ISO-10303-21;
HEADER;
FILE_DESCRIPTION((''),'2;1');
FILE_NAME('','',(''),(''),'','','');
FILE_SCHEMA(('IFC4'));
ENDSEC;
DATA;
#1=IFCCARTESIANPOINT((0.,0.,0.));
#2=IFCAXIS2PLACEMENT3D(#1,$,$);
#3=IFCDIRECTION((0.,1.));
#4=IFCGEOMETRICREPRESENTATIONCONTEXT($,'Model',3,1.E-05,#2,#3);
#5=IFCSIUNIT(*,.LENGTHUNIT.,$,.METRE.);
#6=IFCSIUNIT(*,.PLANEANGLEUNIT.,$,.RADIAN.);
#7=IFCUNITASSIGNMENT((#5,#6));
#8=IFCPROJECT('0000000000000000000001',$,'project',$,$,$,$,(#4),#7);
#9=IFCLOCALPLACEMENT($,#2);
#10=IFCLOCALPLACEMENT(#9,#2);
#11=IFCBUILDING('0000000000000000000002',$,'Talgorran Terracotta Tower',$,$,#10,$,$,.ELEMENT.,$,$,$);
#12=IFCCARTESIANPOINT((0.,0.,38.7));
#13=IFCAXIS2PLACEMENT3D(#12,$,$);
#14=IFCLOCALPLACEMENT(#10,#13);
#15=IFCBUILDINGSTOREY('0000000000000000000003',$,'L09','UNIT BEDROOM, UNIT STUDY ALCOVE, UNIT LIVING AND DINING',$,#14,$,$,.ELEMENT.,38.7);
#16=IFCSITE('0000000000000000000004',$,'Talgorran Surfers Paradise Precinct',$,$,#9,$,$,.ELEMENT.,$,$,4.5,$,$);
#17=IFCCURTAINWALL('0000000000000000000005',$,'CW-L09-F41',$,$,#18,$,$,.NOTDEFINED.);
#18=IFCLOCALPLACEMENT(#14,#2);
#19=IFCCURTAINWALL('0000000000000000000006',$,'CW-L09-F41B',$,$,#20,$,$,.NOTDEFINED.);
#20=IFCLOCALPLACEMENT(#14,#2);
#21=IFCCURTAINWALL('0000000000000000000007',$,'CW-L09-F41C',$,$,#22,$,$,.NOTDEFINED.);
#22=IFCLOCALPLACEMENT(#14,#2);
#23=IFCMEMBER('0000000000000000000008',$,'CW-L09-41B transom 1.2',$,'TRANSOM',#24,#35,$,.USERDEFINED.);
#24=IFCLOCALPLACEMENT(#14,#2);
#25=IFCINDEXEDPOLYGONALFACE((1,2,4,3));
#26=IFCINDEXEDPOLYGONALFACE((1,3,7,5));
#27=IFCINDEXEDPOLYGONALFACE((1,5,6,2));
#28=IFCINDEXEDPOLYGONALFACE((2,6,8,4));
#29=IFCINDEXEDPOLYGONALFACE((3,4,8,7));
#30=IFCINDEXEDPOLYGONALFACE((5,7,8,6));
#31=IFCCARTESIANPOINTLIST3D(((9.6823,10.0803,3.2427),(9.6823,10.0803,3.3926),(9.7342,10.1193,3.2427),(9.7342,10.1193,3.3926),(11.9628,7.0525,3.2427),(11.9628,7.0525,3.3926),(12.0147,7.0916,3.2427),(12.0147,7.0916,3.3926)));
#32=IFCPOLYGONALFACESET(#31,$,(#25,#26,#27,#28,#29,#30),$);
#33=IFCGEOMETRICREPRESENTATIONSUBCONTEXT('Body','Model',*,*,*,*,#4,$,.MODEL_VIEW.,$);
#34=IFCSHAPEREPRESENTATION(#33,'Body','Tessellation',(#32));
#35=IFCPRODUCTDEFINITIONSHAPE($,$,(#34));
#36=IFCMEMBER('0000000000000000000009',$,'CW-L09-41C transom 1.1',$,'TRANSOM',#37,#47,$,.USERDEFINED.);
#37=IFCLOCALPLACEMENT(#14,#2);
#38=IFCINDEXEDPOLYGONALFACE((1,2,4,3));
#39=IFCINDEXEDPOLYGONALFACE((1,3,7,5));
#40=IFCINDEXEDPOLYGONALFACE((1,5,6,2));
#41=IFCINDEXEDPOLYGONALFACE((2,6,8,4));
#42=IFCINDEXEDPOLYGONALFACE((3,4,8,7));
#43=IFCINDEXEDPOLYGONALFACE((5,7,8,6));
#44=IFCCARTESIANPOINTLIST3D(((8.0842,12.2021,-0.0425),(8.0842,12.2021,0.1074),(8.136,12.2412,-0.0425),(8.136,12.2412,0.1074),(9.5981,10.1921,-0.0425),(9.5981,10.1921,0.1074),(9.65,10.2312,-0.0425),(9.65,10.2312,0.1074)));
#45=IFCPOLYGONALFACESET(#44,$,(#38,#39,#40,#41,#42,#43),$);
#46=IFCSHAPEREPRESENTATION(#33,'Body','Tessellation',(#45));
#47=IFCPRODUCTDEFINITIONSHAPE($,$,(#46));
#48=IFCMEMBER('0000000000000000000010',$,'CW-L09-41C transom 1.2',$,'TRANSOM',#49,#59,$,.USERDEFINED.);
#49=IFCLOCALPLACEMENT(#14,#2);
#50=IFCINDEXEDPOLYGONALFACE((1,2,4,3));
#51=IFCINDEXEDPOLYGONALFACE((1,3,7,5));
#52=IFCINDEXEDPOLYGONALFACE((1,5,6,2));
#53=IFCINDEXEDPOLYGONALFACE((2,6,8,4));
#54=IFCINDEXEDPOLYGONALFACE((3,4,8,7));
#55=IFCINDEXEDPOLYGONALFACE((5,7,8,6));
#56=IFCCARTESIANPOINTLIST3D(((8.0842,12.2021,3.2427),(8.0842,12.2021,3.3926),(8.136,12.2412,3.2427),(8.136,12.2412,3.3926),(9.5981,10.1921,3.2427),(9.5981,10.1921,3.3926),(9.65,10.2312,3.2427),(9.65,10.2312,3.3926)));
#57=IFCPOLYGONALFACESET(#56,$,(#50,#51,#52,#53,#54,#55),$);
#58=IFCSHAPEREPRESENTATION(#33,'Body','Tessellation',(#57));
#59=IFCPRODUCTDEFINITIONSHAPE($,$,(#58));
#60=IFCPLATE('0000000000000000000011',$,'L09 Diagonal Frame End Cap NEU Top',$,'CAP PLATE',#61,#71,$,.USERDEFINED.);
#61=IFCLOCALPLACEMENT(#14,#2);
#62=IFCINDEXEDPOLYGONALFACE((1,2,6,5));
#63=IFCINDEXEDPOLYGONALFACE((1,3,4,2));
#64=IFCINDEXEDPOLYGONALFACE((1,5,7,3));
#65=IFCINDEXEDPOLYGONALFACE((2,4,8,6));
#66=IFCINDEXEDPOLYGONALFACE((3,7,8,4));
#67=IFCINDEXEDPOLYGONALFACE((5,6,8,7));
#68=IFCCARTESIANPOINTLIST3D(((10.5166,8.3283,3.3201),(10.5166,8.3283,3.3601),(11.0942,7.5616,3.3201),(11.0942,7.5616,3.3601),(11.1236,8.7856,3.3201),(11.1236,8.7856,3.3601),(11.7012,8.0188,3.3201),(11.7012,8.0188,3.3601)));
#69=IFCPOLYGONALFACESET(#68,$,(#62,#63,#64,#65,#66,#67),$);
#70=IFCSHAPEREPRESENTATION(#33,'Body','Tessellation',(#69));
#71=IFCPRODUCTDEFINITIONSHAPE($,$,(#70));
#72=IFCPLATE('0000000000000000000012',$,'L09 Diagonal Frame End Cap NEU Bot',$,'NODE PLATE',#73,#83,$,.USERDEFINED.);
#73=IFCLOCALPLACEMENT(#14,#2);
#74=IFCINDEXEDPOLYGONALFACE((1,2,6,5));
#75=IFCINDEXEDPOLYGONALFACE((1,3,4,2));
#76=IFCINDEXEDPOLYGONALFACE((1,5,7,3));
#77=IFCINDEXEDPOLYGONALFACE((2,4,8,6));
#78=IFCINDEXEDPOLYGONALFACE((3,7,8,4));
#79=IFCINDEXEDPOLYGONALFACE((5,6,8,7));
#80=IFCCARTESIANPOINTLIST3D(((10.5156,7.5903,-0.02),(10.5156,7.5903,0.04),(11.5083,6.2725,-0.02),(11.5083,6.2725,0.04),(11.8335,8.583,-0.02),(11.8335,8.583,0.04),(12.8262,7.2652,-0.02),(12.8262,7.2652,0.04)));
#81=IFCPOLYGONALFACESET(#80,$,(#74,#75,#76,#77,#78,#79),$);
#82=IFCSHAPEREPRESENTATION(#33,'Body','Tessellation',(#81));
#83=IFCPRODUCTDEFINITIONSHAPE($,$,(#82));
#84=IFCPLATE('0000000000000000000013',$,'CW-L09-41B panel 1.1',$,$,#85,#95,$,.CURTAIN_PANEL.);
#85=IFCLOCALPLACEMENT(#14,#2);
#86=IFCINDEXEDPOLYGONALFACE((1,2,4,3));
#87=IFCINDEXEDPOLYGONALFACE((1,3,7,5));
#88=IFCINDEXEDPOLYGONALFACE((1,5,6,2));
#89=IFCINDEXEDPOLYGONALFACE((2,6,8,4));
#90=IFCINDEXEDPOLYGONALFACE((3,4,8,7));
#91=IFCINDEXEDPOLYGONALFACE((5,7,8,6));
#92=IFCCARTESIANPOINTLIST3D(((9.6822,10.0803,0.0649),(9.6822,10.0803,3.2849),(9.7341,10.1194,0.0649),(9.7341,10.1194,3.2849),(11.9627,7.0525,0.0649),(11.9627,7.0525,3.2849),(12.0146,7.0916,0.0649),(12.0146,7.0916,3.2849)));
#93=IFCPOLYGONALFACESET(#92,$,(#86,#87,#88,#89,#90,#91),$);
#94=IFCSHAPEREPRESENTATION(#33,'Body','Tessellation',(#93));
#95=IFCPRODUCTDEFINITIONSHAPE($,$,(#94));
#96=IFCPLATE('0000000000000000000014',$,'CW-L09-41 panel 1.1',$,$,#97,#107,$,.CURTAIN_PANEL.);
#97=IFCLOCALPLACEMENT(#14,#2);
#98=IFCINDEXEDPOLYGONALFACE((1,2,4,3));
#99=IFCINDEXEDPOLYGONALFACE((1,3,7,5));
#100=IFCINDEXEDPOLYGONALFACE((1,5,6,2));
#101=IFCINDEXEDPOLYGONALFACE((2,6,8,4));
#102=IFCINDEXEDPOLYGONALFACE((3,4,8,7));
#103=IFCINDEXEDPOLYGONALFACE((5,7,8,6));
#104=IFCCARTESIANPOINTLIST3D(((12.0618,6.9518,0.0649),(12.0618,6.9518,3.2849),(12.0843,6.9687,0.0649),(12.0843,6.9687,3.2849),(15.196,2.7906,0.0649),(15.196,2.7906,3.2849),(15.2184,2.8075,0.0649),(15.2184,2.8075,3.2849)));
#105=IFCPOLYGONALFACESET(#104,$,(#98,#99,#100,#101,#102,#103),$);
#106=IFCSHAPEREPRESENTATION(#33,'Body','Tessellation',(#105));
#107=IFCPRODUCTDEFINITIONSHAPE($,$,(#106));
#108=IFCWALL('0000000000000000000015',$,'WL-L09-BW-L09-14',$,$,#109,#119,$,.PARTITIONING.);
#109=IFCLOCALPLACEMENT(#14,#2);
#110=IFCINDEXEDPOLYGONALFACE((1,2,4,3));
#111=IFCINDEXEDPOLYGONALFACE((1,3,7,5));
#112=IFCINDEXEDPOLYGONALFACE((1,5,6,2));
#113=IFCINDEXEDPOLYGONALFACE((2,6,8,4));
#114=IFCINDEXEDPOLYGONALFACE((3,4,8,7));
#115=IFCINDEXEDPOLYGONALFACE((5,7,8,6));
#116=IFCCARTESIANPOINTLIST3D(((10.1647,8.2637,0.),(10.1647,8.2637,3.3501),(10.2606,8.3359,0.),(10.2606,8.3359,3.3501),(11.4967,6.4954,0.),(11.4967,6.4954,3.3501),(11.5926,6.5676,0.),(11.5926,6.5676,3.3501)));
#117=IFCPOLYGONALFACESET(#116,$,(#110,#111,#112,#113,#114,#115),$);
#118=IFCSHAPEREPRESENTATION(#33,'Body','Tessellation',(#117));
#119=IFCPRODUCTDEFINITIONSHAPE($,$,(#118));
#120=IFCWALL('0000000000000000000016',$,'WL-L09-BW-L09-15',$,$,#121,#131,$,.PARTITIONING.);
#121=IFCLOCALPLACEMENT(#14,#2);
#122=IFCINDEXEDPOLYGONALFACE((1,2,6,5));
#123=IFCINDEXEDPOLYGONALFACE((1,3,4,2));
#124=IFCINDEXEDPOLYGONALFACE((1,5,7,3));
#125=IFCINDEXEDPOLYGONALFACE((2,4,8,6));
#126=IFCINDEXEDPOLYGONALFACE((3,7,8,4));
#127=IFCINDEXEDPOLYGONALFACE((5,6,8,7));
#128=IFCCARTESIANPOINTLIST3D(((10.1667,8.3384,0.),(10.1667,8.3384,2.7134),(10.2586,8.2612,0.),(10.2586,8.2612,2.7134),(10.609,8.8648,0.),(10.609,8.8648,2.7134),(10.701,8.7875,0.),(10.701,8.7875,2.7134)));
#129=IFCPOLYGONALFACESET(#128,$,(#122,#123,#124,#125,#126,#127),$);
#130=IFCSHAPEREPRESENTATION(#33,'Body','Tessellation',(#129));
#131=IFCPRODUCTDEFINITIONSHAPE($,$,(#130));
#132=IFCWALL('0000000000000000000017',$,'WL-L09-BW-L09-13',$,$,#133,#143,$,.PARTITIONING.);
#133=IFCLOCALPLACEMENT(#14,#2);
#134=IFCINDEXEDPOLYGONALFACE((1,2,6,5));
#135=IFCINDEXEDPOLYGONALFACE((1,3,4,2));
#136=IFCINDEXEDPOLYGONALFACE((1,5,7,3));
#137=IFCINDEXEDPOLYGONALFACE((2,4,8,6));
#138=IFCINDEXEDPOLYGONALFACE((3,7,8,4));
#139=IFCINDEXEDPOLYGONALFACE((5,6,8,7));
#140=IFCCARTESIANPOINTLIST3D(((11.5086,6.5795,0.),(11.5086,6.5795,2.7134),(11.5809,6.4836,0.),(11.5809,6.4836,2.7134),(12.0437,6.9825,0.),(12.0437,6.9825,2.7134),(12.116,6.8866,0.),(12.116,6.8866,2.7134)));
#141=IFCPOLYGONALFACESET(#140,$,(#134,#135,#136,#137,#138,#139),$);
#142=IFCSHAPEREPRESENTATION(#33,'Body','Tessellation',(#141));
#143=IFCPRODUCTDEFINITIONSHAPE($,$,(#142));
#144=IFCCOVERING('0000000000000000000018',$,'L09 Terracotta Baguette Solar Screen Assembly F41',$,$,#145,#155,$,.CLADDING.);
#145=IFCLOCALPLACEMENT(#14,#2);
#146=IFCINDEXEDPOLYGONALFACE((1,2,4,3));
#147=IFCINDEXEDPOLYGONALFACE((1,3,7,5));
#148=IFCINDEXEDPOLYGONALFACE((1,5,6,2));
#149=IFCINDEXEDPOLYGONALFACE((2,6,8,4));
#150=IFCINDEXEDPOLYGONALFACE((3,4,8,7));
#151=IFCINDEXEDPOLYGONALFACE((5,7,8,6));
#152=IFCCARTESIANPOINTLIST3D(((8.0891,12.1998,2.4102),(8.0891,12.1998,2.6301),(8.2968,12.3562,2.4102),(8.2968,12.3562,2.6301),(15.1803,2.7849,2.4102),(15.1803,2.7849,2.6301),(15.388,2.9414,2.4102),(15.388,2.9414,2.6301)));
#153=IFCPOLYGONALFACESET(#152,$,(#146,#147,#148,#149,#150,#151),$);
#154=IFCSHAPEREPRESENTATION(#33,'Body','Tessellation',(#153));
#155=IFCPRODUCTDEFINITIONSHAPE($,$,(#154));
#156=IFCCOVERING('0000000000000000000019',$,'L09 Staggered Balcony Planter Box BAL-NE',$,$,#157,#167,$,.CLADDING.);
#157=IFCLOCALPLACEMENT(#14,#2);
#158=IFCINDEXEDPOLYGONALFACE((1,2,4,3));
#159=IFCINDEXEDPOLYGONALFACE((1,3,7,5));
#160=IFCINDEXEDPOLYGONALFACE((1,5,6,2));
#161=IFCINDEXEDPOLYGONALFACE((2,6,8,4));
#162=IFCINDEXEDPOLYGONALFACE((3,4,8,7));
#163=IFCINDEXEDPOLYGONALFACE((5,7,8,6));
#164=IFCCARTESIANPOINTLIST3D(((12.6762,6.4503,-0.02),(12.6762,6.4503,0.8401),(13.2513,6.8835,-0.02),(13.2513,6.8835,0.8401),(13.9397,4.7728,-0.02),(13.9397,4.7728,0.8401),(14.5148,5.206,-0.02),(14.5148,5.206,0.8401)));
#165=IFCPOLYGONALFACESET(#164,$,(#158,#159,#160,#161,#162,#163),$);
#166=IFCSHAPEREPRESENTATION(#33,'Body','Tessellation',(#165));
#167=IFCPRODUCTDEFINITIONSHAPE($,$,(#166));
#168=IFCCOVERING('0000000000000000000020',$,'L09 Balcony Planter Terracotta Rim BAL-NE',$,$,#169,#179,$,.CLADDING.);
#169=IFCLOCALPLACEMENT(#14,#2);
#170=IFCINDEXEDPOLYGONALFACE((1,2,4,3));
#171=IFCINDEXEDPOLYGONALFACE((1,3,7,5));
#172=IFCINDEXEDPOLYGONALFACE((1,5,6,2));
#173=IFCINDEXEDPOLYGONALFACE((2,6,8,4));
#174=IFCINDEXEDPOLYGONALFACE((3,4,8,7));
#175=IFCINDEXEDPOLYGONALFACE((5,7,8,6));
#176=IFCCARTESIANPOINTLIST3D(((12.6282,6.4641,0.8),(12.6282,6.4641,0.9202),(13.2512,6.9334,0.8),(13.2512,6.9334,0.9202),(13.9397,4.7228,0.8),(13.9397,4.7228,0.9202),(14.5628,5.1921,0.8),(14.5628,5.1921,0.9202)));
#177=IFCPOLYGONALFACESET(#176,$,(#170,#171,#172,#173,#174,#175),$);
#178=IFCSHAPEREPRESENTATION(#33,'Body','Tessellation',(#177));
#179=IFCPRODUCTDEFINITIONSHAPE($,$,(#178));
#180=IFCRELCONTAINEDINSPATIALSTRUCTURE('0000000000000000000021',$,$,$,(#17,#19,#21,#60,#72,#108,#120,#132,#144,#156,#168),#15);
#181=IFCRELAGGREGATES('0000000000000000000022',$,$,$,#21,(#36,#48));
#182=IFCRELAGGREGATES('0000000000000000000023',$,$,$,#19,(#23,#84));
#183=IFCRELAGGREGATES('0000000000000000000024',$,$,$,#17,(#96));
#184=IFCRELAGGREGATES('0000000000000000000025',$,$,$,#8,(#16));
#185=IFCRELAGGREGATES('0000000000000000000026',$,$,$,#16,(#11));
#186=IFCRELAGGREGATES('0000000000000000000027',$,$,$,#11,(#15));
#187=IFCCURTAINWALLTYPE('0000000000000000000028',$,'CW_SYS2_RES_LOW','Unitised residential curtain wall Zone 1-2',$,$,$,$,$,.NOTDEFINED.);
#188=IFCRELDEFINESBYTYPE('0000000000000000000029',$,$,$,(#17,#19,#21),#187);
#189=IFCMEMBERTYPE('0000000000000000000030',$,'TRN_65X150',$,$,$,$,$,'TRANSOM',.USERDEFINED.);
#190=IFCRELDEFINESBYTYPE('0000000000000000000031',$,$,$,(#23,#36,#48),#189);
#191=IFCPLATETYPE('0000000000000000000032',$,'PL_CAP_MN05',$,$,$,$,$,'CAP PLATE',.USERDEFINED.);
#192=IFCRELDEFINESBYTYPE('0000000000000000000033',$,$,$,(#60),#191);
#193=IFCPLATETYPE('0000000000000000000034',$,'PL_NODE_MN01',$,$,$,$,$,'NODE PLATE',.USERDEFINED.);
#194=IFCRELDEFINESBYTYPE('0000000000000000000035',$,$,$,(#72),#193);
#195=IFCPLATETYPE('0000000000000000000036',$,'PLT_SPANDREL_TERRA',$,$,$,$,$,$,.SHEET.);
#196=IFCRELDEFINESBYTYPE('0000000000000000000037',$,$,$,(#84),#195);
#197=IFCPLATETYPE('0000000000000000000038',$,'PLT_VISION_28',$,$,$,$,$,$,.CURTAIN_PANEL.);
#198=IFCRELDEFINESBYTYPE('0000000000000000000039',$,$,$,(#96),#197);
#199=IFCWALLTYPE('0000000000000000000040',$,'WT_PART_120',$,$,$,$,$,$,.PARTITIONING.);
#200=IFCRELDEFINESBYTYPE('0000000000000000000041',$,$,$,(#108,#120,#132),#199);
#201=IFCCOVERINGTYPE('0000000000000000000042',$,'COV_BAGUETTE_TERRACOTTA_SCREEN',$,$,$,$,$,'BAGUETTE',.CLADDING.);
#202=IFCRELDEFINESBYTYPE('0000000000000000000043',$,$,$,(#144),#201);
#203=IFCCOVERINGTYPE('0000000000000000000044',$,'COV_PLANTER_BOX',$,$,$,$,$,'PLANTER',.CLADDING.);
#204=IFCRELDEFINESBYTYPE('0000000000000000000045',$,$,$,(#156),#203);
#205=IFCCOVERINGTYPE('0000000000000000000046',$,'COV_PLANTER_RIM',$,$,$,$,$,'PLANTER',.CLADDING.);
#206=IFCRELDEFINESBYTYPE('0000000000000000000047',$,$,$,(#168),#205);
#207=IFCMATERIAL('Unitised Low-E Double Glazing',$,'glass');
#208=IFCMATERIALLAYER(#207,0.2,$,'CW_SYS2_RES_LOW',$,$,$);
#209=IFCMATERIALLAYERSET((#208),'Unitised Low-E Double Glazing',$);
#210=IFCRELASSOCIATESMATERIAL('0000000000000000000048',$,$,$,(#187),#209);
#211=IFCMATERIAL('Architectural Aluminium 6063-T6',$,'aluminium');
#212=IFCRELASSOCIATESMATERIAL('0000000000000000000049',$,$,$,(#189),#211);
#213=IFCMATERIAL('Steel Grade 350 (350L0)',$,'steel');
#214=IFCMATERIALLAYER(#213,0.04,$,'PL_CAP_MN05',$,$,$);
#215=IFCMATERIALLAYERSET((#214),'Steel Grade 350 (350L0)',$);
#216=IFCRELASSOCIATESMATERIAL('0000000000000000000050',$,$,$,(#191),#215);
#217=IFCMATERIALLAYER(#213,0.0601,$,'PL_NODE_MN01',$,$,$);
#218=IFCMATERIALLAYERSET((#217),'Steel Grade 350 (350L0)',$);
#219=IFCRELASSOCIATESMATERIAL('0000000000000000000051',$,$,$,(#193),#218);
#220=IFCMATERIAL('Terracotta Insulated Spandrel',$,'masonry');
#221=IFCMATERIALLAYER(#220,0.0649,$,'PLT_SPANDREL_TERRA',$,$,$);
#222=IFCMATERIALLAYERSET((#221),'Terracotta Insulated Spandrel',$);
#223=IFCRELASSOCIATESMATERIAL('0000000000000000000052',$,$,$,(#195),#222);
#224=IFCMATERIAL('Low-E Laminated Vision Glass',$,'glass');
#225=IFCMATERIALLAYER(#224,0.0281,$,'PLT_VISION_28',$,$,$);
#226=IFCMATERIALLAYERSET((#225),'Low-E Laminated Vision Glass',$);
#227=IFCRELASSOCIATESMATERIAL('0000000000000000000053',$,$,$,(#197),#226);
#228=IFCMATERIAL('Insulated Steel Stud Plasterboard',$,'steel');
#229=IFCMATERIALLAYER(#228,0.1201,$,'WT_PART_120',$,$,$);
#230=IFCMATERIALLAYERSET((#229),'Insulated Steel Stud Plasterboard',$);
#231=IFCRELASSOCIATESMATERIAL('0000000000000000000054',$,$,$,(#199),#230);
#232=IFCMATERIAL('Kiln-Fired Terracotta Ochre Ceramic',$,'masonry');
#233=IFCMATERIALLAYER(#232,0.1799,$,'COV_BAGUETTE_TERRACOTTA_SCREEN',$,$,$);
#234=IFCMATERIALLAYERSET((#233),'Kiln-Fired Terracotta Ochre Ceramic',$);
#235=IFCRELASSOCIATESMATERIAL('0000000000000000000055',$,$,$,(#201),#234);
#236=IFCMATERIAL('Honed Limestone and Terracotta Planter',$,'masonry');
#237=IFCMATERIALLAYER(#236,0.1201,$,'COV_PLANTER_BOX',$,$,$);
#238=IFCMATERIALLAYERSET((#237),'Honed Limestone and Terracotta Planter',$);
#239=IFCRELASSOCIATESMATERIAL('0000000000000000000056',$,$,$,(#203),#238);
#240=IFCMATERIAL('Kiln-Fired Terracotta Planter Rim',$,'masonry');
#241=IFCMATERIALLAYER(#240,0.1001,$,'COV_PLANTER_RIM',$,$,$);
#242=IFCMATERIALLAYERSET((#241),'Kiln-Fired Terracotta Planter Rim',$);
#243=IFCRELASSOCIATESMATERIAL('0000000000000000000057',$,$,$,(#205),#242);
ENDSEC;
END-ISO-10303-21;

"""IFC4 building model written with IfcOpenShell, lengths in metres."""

from ifc_helpers import new_model, si_unit, direction, frame, frame_2d, origin, origin_2d, place, context, subcontext, project, spatial, rectangle, extrude, source, transform, mapped, material, layer, layer_set, material_profile, profile_set, type_object, type_shapes, element, aggregate, save


model = new_model("IFC4")

# Units and contexts
model_context = context("Model", 3, precision=1e-05, world=origin(), true_north=direction((0.0, 1.0)))
body_context = subcontext(model_context, "Body", "Model", "MODEL_VIEW")
ifc_project = project(units=[si_unit("LENGTHUNIT", "METRE"), si_unit("PLANEANGLEUNIT", "RADIAN")], contexts=[model_context])

# Site, building, storey
site_placement = place(None, origin())
site = spatial("IfcSite", under=ifc_project, at=site_placement, Name="Talgorran Surfers Paradise Precinct", CompositionType="ELEMENT", RefElevation=4.5)
building_placement = place(site_placement, origin())
building = spatial("IfcBuilding", under=site, at=building_placement, Name="Talgorran Terracotta Tower", CompositionType="ELEMENT")
storey_placement = place(building_placement, frame((0.0, 0.0, 38.7)))
storey = spatial("IfcBuildingStorey", under=building, at=storey_placement, Name="L09", Description="UNIT BEDROOM, UNIT STUDY ALCOVE, UNIT LIVING AND DINING", CompositionType="ELEMENT", Elevation=38.7)

# Shared definitions
ifc_material_1 = material(Name="Steel Grade 350 (350L0)", Category="steel")

# Curtain wall
ifc_material_2 = material(Name="Unitised Low-E Double Glazing", Category="glass")
ifc_layer_1 = layer(ifc_material_2, 0.2, Name="CW_SYS2_RES_LOW")
ifc_layer_set_1 = layer_set([ifc_layer_1], Name="Unitised Low-E Double Glazing")
curtain_wall_type = type_object("IfcCurtainWallType", Name="CW_SYS2_RES_LOW", Description="Unitised residential curtain wall Zone 1-2", PredefinedType="NOTDEFINED", material=ifc_layer_set_1)
curtain_wall_1_placement = place(storey_placement, origin())
curtain_wall_1 = element("IfcCurtainWall", 1, at=curtain_wall_1_placement, inside=storey, type_object=curtain_wall_type, Name="CW-L09-F41", PredefinedType="NOTDEFINED")
ifc_material_3 = material(Name="Architectural Aluminium 6063-T6", Category="aluminium")

# Curtain wall
curtain_wall_2_placement = place(storey_placement, origin())
curtain_wall_2 = element("IfcCurtainWall", 2, at=curtain_wall_2_placement, inside=storey, type_object=curtain_wall_type, Name="CW-L09-F41B", PredefinedType="NOTDEFINED")

# Curtain wall
curtain_wall_3_placement = place(storey_placement, origin())
curtain_wall_3 = element("IfcCurtainWall", 3, at=curtain_wall_3_placement, inside=storey, type_object=curtain_wall_type, Name="CW-L09-F41C", PredefinedType="NOTDEFINED")

# Members
ifc_material_profile_1 = material_profile(ifc_material_3, rectangle(XDim=0.0649, YDim=0.1499, at=origin_2d()), Name="CWT65X150")
ifc_profile_set_1 = profile_set([ifc_material_profile_1], Name="Architectural Aluminium 6063-T6")
member_type_1 = type_object("IfcMemberType", Name="TRN_65X150", ElementType="TRANSOM", PredefinedType="USERDEFINED", material=ifc_profile_set_1)
member_1_placement = place(storey_placement, frame((11.9888, 7.072, 3.3176), z_axis=(-0.601627, 0.798777, 0.0), x_axis=(-0.798777, -0.601627, 0.0)))
member_1 = element("IfcMember", 4, at=member_1_placement, type_object=member_type_1, Name="CW-L09-41B transom 1.2", ObjectType="TRANSOM", PredefinedType="USERDEFINED", context=body_context, shape_type="SweptSolid", body=[
    extrude(rectangle(XDim=0.0649, YDim=0.1499, at=origin_2d()), origin(), (0.0, 0.0, 1.0), 3.7905),
])
member_2_placement = place(storey_placement, frame((9.624, 10.2117, 0.0325), z_axis=(-0.601629, 0.798776, 0.0), x_axis=(-0.798776, -0.601629, 0.0)))
member_2 = element("IfcMember", 5, at=member_2_placement, type_object=member_type_1, Name="CW-L09-41C transom 1.1", ObjectType="TRANSOM", PredefinedType="USERDEFINED", context=body_context, shape_type="SweptSolid", body=[
    extrude(rectangle(XDim=0.0649, YDim=0.1499, at=origin_2d()), origin(), (0.0, 0.0, 1.0), 2.5164),
])
member_3_placement = place(storey_placement, frame((9.624, 10.2117, 3.3176), z_axis=(-0.601629, 0.798776, 0.0), x_axis=(-0.798776, -0.601629, 0.0)))
member_3 = element("IfcMember", 6, at=member_3_placement, type_object=member_type_1, Name="CW-L09-41C transom 1.2", ObjectType="TRANSOM", PredefinedType="USERDEFINED", context=body_context, shape_type="SweptSolid", body=[
    extrude(rectangle(XDim=0.0649, YDim=0.1499, at=origin_2d()), origin(), (0.0, 0.0, 1.0), 2.5164),
])
aggregate(curtain_wall_3, [member_2, member_3])

# Plates
ifc_layer_2 = layer(ifc_material_1, 0.04, Name="PL_CAP_MN05")
ifc_layer_set_2 = layer_set([ifc_layer_2], Name="Steel Grade 350 (350L0)")
plate_type_1 = type_object("IfcPlateType", Name="PL_CAP_MN05", ElementType="CAP PLATE", PredefinedType="USERDEFINED", material=ifc_layer_set_2)
plate_1_placement = place(storey_placement, frame((11.1089, 8.1736, 3.3201), z_axis=(0.0, 0.0, 1.0), x_axis=(-0.601676, 0.798741, 0.0)))
element("IfcPlate", 7, at=plate_1_placement, inside=storey, type_object=plate_type_1, Name="L09 Diagonal Frame End Cap NEU Top", ObjectType="CAP PLATE", PredefinedType="USERDEFINED", context=body_context, shape_type="SweptSolid", body=[
    extrude(rectangle(XDim=0.96, YDim=0.76, at=origin_2d()), origin(), (0.0, 0.0, 1.0), 0.04),
])
ifc_layer_3 = layer(ifc_material_1, 0.0601, Name="PL_NODE_MN01")
ifc_layer_set_3 = layer_set([ifc_layer_3], Name="Steel Grade 350 (350L0)")
plate_type_2 = type_object("IfcPlateType", Name="PL_NODE_MN01", ElementType="NODE PLATE", PredefinedType="USERDEFINED", material=ifc_layer_set_3)
plate_2_placement = place(storey_placement, frame((11.6709, 7.4277, -0.02), z_axis=(0.0, 0.0, 1.0), x_axis=(-0.601676, 0.798741, 0.0)))
element("IfcPlate", 8, at=plate_2_placement, inside=storey, type_object=plate_type_2, Name="L09 Diagonal Frame End Cap NEU Bot", ObjectType="NODE PLATE", PredefinedType="USERDEFINED", context=body_context, shape_type="SweptSolid", body=[
    extrude(rectangle(XDim=1.6499, YDim=1.6499, at=origin_2d()), origin(), (0.0, 0.0, 1.0), 0.0601),
])

# Plates
ifc_material_4 = material(Name="Terracotta Insulated Spandrel", Category="masonry")
ifc_layer_4 = layer(ifc_material_4, 0.0649, Name="PLT_SPANDREL_TERRA")
ifc_layer_set_4 = layer_set([ifc_layer_4], Name="Terracotta Insulated Spandrel")
plate_type_3 = type_object("IfcPlateType", Name="PLT_SPANDREL_TERRA", PredefinedType="SHEET", material=ifc_layer_set_4)
shared_shape_1 = source(origin(), body_context, "Body", "SweptSolid", [
    extrude(rectangle(XDim=3.7905, YDim=0.0649, at=origin_2d()), origin(), (0.0, 0.0, 1.0), 3.22),
])
type_shapes(plate_type_3, [shared_shape_1])
plate_3_placement = place(storey_placement, frame((10.8484, 8.5859, 0.0649), z_axis=(0.0, 0.0, 1.0), x_axis=(-0.601631, 0.798774, 0.0)))
plate_3 = element("IfcPlate", 9, at=plate_3_placement, type_object=plate_type_3, Name="CW-L09-41B panel 1.1", PredefinedType="CURTAIN_PANEL", context=body_context, shape_type="MappedRepresentation", body=[
    mapped(shared_shape_1, transform((0.0, 0.0, 0.0), scale=1.0)),
])
aggregate(curtain_wall_2, [member_1, plate_3])
ifc_material_5 = material(Name="Low-E Laminated Vision Glass", Category="glass")
ifc_layer_5 = layer(ifc_material_5, 0.0281, Name="PLT_VISION_28")
ifc_layer_set_5 = layer_set([ifc_layer_5], Name="Low-E Laminated Vision Glass")
plate_type_4 = type_object("IfcPlateType", Name="PLT_VISION_28", PredefinedType="CURTAIN_PANEL", material=ifc_layer_set_5)
shared_shape_2 = source(origin(), body_context, "Body", "SweptSolid", [
    extrude(rectangle(XDim=5.2095, YDim=0.0281, at=origin_2d()), origin(), (0.0, 0.0, 1.0), 3.22),
])
type_shapes(plate_type_4, [shared_shape_2])
plate_4_placement = place(storey_placement, frame((13.6401, 4.8796, 0.0649), z_axis=(0.0, 0.0, 1.0), x_axis=(-0.601626, 0.798778, 0.0)))
plate_4 = element("IfcPlate", 10, at=plate_4_placement, type_object=plate_type_4, Name="CW-L09-41 panel 1.1", PredefinedType="CURTAIN_PANEL", context=body_context, shape_type="MappedRepresentation", body=[
    mapped(shared_shape_2, transform((0.0, 0.0, 0.0), scale=1.0)),
])
aggregate(curtain_wall_1, [plate_4])

# Walls
ifc_material_6 = material(Name="Insulated Steel Stud Plasterboard", Category="steel")
ifc_layer_6 = layer(ifc_material_6, 0.1201, Name="WT_PART_120")
ifc_layer_set_6 = layer_set([ifc_layer_6], Name="Insulated Steel Stud Plasterboard")
wall_type = type_object("IfcWallType", Name="WT_PART_120", PredefinedType="PARTITIONING", material=ifc_layer_set_6)
wall_1_placement = place(storey_placement, frame((11.5447, 6.5315, 0.0), z_axis=(0.0, 0.0, 1.0), x_axis=(-0.601675, 0.798741, 0.0)))
element("IfcWall", 11, at=wall_1_placement, inside=storey, type_object=wall_type, Name="WL-L09-BW-L09-14", PredefinedType="PARTITIONING", context=body_context, shape_type="SweptSolid", body=[
    extrude(rectangle(XDim=2.2139, YDim=0.1201, at=frame_2d((1.1069, 0.0))), origin(), (0.0, 0.0, 1.0), 3.3501),
])
wall_2_placement = place(storey_placement, frame((10.2126, 8.2998, 0.0), z_axis=(0.0, 0.0, 1.0), x_axis=(0.643392, 0.765537, 0.0)))
element("IfcWall", 12, at=wall_2_placement, inside=storey, type_object=wall_type, Name="WL-L09-BW-L09-15", PredefinedType="PARTITIONING", context=body_context, shape_type="SweptSolid", body=[
    extrude(rectangle(XDim=0.6875, YDim=0.1201, at=frame_2d((0.3438, 0.0))), origin(), (0.0, 0.0, 1.0), 2.7134),
])
wall_3_placement = place(storey_placement, frame((12.0798, 6.9346, 0.0), z_axis=(0.0, 0.0, 1.0), x_axis=(-0.798774, -0.601631, 0.0)))
element("IfcWall", 13, at=wall_3_placement, inside=storey, type_object=wall_type, Name="WL-L09-BW-L09-13", PredefinedType="PARTITIONING", context=body_context, shape_type="SweptSolid", body=[
    extrude(rectangle(XDim=0.6699, YDim=0.1201, at=frame_2d((0.335, 0.0))), origin(), (0.0, 0.0, 1.0), 2.7134),
])

# Coverings
ifc_material_7 = material(Name="Kiln-Fired Terracotta Ochre Ceramic", Category="masonry")
ifc_layer_7 = layer(ifc_material_7, 0.1799, Name="COV_BAGUETTE_TERRACOTTA_SCREEN")
ifc_layer_set_7 = layer_set([ifc_layer_7], Name="Kiln-Fired Terracotta Ochre Ceramic")
covering_type_1 = type_object("IfcCoveringType", Name="COV_BAGUETTE_TERRACOTTA_SCREEN", ElementType="BAGUETTE", PredefinedType="CLADDING", material=ifc_layer_set_7)
covering_1_placement = place(storey_placement, frame((11.7385, 7.5706, 2.4102), z_axis=(0.0, 0.0, 1.0), x_axis=(-0.601634, 0.798772, 0.0)))
element("IfcCovering", 14, at=covering_1_placement, inside=storey, type_object=covering_type_1, Name="L09 Terracotta Baguette Solar Screen Assembly F41", PredefinedType="CLADDING", context=body_context, shape_type="SweptSolid", body=[
    extrude(rectangle(XDim=11.7866, YDim=0.26, at=origin_2d()), origin(), (0.0, 0.0, 1.0), 0.22),
])
ifc_material_8 = material(Name="Honed Limestone and Terracotta Planter", Category="masonry")
ifc_layer_8 = layer(ifc_material_8, 0.1201, Name="COV_PLANTER_BOX")
ifc_layer_set_8 = layer_set([ifc_layer_8], Name="Honed Limestone and Terracotta Planter")
covering_type_2 = type_object("IfcCoveringType", Name="COV_PLANTER_BOX", ElementType="PLANTER", PredefinedType="CLADDING", material=ifc_layer_set_8)
covering_2_placement = place(storey_placement, frame((13.5955, 5.8281, -0.02), z_axis=(0.0, 0.0, 1.0), x_axis=(-0.601634, 0.798772, 0.0)))
element("IfcCovering", 15, at=covering_2_placement, inside=storey, type_object=covering_type_2, Name="L09 Staggered Balcony Planter Box BAL-NE", PredefinedType="CLADDING", context=body_context, shape_type="SweptSolid", body=[
    extrude(rectangle(XDim=2.1001, YDim=0.72, at=origin_2d()), origin(), (0.0, 0.0, 1.0), 0.8601),
])
ifc_material_9 = material(Name="Kiln-Fired Terracotta Planter Rim", Category="masonry")
ifc_layer_9 = layer(ifc_material_9, 0.1001, Name="COV_PLANTER_RIM")
ifc_layer_set_9 = layer_set([ifc_layer_9], Name="Kiln-Fired Terracotta Planter Rim")
covering_type_3 = type_object("IfcCoveringType", Name="COV_PLANTER_RIM", ElementType="PLANTER", PredefinedType="CLADDING", material=ifc_layer_set_9)
covering_3_placement = place(storey_placement, frame((13.5955, 5.8281, 0.8), z_axis=(0.0, 0.0, 1.0), x_axis=(-0.601634, 0.798772, 0.0)))
element("IfcCovering", 16, at=covering_3_placement, inside=storey, type_object=covering_type_3, Name="L09 Balcony Planter Terracotta Rim BAL-NE", PredefinedType="CLADDING", context=body_context, shape_type="SweptSolid", body=[
    extrude(rectangle(XDim=2.1799, YDim=0.78, at=origin_2d()), origin(), (0.0, 0.0, 1.0), 0.1201),
])

save(model, "model.ifc")
